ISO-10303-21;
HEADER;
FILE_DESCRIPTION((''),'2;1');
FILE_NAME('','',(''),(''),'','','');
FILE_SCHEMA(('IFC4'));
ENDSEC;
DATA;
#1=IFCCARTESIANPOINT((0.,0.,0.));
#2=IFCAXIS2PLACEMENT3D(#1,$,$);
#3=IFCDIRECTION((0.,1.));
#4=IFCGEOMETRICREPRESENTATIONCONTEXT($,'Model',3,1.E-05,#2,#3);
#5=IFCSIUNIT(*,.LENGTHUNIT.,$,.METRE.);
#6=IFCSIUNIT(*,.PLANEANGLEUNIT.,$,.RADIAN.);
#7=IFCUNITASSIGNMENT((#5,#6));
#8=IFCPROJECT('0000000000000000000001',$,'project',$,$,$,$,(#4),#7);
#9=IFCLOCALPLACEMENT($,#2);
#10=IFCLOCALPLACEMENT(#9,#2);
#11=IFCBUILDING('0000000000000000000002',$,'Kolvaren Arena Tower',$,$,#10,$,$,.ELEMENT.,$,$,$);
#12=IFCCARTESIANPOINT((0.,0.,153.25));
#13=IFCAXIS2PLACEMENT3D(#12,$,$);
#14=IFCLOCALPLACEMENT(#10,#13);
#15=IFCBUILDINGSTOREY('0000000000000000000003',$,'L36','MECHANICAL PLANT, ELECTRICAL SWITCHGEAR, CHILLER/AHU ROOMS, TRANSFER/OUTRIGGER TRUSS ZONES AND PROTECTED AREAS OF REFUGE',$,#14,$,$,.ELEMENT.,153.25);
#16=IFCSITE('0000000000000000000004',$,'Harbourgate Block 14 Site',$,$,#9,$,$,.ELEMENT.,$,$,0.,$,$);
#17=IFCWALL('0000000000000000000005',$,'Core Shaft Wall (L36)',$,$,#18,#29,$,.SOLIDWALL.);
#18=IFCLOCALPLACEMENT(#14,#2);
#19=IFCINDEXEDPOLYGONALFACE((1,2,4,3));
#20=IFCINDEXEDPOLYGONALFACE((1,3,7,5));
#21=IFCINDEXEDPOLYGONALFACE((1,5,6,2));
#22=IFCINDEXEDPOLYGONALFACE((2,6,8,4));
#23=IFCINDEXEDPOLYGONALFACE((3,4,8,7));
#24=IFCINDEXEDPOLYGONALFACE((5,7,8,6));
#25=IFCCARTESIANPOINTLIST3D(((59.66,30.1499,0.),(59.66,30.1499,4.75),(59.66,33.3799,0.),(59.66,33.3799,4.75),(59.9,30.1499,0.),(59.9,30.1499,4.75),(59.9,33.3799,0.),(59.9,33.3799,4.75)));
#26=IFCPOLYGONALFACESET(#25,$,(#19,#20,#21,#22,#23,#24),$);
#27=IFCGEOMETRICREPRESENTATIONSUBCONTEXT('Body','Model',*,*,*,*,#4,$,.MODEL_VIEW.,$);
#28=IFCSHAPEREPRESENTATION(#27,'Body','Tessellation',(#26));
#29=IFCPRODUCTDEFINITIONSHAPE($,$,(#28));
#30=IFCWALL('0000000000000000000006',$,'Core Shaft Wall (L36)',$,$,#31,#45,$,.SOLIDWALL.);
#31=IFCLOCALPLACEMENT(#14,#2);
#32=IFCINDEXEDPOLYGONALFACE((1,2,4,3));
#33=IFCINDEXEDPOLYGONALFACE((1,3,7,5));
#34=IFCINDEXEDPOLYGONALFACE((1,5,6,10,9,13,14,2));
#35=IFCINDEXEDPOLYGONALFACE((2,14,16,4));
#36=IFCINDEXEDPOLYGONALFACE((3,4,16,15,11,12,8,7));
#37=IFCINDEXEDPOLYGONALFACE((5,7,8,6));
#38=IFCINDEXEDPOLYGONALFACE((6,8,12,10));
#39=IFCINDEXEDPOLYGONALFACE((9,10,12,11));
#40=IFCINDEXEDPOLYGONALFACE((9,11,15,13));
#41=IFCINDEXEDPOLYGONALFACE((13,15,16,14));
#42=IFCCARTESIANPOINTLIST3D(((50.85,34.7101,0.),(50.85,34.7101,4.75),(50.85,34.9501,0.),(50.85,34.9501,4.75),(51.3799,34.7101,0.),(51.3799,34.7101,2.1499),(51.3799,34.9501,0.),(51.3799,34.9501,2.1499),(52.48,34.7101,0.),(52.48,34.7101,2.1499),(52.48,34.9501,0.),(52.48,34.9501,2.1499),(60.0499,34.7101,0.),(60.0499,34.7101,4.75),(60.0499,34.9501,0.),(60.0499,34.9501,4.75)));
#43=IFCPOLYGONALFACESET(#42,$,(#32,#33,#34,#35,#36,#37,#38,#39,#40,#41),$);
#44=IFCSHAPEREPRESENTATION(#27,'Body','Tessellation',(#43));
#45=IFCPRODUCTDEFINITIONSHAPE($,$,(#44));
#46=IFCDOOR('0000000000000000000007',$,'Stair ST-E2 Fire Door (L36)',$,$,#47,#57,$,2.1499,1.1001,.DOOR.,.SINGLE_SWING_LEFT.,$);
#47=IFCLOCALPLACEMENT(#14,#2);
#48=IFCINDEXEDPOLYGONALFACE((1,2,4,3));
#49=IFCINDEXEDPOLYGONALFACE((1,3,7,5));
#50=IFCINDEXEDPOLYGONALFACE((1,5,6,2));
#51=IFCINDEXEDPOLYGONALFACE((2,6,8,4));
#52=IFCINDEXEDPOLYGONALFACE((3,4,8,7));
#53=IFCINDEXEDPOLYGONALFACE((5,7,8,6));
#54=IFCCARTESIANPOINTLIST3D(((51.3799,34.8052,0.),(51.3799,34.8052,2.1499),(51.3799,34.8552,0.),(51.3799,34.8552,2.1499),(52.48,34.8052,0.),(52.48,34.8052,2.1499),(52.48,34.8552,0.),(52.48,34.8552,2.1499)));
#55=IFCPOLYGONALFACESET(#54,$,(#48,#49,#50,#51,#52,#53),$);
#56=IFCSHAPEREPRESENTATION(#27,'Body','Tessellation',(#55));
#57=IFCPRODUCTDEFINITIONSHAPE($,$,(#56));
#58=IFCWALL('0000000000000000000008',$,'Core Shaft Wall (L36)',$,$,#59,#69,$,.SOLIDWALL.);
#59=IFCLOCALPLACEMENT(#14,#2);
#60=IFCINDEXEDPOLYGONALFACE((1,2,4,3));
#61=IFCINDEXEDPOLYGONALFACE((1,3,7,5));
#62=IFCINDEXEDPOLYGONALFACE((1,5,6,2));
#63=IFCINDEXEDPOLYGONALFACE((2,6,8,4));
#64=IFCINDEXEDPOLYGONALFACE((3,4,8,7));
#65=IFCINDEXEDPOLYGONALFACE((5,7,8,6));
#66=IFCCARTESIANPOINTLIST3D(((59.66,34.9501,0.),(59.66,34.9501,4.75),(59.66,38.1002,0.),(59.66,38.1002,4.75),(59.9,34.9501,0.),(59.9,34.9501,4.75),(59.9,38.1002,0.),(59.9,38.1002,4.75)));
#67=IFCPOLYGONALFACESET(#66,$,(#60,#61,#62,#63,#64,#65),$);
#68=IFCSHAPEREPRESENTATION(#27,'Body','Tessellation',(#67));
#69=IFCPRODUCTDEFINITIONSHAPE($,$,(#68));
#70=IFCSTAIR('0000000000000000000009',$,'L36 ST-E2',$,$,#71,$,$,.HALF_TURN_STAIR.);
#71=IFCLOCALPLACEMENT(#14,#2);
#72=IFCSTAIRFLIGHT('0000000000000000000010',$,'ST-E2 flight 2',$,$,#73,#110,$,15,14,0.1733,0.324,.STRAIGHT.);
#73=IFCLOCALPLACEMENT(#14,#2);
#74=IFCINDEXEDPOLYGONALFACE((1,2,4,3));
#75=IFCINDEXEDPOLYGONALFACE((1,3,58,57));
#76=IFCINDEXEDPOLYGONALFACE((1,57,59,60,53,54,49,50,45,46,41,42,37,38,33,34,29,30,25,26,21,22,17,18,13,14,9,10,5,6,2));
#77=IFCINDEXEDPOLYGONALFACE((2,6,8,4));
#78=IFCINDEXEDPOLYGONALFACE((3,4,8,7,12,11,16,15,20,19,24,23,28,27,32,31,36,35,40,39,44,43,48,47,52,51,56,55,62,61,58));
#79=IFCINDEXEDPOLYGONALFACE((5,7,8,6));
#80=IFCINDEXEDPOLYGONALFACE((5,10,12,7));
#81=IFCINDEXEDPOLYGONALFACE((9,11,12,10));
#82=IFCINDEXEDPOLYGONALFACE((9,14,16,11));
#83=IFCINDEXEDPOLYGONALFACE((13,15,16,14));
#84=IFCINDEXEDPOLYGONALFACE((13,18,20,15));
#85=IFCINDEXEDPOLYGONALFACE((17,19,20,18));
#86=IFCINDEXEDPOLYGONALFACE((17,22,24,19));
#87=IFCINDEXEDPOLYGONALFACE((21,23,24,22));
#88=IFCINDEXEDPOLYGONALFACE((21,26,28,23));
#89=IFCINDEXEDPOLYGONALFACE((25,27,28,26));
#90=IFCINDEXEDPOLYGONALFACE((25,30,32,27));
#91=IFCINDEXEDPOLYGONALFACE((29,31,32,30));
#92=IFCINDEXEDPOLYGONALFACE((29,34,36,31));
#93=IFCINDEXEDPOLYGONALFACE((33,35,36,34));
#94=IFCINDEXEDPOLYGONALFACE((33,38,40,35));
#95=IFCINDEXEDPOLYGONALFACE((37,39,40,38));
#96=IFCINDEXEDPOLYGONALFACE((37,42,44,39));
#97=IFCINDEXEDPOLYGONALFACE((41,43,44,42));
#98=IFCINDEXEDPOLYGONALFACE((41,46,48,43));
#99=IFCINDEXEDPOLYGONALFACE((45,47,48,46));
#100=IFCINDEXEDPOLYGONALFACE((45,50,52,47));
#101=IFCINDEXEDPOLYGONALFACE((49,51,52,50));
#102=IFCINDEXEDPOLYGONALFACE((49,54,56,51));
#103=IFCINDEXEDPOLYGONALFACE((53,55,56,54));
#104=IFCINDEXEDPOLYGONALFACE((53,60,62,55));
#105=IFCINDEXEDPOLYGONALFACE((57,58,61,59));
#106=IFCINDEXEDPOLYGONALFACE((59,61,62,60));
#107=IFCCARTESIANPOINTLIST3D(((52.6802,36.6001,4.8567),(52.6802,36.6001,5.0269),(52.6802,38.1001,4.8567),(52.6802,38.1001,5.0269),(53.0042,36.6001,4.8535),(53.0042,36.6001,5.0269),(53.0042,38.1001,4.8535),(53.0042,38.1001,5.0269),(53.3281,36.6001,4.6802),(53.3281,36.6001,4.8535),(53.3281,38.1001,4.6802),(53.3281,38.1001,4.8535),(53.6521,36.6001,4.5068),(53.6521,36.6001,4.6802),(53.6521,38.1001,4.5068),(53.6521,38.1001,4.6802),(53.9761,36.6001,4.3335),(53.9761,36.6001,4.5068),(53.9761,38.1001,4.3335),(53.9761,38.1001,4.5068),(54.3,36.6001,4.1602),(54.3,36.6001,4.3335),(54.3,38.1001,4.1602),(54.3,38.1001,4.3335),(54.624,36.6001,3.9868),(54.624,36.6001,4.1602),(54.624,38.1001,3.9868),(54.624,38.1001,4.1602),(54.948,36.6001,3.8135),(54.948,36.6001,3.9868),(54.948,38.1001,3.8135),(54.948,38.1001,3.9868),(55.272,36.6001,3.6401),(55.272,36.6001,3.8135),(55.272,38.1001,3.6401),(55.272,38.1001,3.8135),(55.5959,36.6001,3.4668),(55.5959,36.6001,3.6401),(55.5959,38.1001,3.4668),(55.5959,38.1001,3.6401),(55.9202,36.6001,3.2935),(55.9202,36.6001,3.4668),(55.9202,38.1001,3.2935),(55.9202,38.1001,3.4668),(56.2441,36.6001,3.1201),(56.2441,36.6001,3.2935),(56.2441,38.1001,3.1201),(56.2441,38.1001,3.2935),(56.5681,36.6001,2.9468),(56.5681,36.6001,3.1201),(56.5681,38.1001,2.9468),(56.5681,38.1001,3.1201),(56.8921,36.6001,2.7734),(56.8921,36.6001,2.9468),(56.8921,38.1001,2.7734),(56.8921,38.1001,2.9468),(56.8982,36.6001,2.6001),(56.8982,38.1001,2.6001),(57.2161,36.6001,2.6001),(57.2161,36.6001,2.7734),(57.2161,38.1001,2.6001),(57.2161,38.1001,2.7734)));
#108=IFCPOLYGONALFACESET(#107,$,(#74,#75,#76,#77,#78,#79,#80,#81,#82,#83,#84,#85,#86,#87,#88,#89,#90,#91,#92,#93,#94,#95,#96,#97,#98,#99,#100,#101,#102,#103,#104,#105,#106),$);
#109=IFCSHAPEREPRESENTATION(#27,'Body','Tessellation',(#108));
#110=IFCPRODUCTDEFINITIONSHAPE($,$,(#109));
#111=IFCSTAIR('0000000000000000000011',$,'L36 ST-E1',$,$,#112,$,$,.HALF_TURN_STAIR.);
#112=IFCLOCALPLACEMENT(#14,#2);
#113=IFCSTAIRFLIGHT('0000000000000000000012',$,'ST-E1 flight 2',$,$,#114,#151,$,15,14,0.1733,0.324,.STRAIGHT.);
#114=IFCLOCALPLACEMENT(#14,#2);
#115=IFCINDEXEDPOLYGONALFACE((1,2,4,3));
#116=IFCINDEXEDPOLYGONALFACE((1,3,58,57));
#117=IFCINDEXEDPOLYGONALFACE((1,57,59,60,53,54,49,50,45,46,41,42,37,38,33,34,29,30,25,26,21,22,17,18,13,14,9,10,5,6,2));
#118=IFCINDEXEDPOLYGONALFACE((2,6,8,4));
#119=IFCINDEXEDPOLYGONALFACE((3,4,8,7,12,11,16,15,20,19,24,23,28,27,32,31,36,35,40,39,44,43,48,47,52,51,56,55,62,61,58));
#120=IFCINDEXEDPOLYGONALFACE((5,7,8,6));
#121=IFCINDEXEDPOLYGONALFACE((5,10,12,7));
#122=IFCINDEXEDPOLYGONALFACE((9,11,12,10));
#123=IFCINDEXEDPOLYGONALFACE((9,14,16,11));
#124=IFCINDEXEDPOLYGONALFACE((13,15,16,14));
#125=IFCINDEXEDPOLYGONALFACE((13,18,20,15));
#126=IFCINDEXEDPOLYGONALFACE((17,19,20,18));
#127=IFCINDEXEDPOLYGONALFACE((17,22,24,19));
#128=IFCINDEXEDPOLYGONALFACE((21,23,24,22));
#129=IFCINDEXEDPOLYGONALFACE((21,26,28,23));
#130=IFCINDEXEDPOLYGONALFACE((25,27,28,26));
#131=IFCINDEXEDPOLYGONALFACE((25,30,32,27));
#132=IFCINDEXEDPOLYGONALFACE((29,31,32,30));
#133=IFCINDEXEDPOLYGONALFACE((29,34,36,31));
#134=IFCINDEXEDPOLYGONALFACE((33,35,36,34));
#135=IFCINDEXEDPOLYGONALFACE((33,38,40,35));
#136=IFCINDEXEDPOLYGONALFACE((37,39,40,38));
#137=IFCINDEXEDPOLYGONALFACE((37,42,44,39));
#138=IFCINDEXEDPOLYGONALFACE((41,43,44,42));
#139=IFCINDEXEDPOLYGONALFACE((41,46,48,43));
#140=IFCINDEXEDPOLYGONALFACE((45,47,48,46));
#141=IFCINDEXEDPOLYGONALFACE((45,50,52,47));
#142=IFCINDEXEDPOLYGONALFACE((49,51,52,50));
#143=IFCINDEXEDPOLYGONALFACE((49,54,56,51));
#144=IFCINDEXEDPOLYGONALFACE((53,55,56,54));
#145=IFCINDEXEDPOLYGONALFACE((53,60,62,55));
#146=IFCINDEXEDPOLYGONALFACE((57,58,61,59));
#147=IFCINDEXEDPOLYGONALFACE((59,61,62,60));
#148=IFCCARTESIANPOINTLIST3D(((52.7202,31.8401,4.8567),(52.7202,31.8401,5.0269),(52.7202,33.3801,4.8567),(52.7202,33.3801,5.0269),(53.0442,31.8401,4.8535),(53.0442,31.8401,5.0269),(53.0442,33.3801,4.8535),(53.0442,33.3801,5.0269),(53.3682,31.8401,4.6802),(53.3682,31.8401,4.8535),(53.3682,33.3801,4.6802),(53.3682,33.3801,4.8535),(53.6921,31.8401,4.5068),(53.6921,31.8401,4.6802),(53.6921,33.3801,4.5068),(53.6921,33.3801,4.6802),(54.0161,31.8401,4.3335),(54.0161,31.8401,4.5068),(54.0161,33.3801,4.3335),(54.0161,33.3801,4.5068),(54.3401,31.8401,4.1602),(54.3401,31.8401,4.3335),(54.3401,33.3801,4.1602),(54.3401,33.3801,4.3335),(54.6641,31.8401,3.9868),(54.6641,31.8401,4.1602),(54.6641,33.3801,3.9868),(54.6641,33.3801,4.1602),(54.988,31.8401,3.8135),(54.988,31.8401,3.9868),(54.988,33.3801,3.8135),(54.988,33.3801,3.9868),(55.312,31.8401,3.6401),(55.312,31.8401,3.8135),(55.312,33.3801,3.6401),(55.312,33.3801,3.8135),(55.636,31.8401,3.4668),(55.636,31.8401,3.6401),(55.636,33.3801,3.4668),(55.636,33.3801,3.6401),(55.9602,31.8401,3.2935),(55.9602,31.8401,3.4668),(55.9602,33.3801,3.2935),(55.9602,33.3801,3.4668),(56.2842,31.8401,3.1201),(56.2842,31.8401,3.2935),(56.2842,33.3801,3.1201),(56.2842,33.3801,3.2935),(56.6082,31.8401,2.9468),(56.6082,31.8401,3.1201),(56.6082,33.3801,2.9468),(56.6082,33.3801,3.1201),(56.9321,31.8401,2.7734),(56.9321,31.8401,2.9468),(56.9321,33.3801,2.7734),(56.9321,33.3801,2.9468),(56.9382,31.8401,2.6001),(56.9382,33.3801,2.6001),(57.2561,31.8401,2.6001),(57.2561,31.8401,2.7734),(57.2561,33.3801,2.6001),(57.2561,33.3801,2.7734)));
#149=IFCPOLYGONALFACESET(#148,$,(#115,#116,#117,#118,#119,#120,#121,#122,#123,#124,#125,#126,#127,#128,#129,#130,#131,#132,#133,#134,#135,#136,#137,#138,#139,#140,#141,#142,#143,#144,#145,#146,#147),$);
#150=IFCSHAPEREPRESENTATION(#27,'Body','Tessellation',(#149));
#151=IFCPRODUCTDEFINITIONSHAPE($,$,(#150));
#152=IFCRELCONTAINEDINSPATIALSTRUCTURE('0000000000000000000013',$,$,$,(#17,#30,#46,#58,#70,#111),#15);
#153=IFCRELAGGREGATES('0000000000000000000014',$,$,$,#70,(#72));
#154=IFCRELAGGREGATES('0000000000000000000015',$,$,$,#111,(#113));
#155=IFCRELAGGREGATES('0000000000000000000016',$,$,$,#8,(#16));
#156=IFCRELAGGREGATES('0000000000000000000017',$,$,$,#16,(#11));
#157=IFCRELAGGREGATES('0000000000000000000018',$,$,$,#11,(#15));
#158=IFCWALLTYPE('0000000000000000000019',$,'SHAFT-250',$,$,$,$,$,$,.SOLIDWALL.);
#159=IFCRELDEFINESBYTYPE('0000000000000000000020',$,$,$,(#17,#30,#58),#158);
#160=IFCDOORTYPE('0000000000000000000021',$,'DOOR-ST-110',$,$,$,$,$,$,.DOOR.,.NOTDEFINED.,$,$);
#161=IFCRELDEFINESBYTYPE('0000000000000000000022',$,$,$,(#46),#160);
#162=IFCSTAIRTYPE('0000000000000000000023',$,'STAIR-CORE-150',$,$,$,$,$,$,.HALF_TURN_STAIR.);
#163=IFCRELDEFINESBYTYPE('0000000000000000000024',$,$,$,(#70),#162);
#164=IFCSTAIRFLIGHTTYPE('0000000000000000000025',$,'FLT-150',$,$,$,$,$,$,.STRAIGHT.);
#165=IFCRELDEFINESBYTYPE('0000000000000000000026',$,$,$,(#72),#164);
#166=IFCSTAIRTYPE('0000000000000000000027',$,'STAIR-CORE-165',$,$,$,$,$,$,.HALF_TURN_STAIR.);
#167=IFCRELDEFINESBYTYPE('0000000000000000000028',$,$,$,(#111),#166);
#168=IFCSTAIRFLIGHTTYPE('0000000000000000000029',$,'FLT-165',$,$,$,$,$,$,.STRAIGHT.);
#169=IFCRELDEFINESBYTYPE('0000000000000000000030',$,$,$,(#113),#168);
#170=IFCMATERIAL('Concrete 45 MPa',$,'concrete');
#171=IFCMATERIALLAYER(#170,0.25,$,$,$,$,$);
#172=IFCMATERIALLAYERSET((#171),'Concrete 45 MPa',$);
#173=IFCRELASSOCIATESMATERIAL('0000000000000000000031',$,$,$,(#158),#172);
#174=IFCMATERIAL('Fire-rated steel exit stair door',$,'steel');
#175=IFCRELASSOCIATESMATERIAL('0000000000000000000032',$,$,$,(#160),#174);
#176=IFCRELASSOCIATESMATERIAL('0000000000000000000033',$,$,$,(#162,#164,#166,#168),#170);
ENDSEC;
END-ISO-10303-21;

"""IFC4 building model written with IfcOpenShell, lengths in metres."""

from ifc_helpers import new_model, si_unit, direction, frame, frame_2d, origin, place, context, subcontext, project, spatial, polyline, rectangle, outline, extrude, material, layer, layer_set, type_object, element, fill, aggregate, save


model = new_model("IFC4")

# Units and contexts
model_context = context("Model", 3, precision=1e-05, world=origin(), true_north=direction((0.0, 1.0)))
body_context = subcontext(model_context, "Body", "Model", "MODEL_VIEW")
ifc_project = project(units=[si_unit("LENGTHUNIT", "METRE"), si_unit("PLANEANGLEUNIT", "RADIAN")], contexts=[model_context])

# Site, building, storey
site_placement = place(None, origin())
site = spatial("IfcSite", under=ifc_project, at=site_placement, Name="Harbourgate Block 14 Site", CompositionType="ELEMENT", RefElevation=0.0)
building_placement = place(site_placement, origin())
building = spatial("IfcBuilding", under=site, at=building_placement, Name="Kolvaren Arena Tower", CompositionType="ELEMENT")
storey_placement = place(building_placement, frame((0.0, 0.0, 153.25)))
storey = spatial("IfcBuildingStorey", under=building, at=storey_placement, Name="L36", Description="MECHANICAL PLANT, ELECTRICAL SWITCHGEAR, CHILLER/AHU ROOMS, TRANSFER/OUTRIGGER TRUSS ZONES AND PROTECTED AREAS OF REFUGE", CompositionType="ELEMENT", Elevation=153.25)

# Shared definitions
ifc_material_1 = material(Name="Concrete 45 MPa", Category="concrete")
ifc_layer = layer(ifc_material_1, 0.25)
ifc_layer_set = layer_set([ifc_layer], Name="Concrete 45 MPa")
wall_type = type_object("IfcWallType", Name="SHAFT-250", PredefinedType="SOLIDWALL", material=ifc_layer_set)
ifc_material_2 = material(Name="Fire-rated steel exit stair door", Category="steel")
door_type = type_object("IfcDoorType", Name="DOOR-ST-110", OperationType="NOTDEFINED", PredefinedType="DOOR", material=ifc_material_2)

# Wall
wall_1_placement = place(storey_placement, frame((59.78, 30.1499, 0.0), z_axis=(0.0, 0.0, 1.0), x_axis=(0.0, 1.0, 0.0)))
element("IfcWall", 1, at=wall_1_placement, inside=storey, type_object=wall_type, Name="Core Shaft Wall (L36)", PredefinedType="SOLIDWALL", context=body_context, shape_type="SweptSolid", body=[
    extrude(rectangle(XDim=3.23, YDim=0.24, at=frame_2d((1.615, 0.0))), origin(), (0.0, 0.0, 1.0), 4.75),
])

# Wall, opening, door
wall_2_placement = place(storey_placement, frame((60.05, 34.8301, 0.0), z_axis=(0.0, 0.0, 1.0), x_axis=(-1.0, 0.0, 0.0)))
wall_2 = element("IfcWall", 2, at=wall_2_placement, inside=storey, type_object=wall_type, Name="Core Shaft Wall (L36)", PredefinedType="SOLIDWALL", context=body_context, shape_type="SweptSolid", body=[
    extrude(rectangle(XDim=9.2, YDim=0.24, at=frame_2d((4.6001, 0.0))), origin(), (0.0, 0.0, 1.0), 4.75),
])
opening_1_placement = place(wall_2_placement, frame((7.5701, 0.0, 0.0)))
opening_1 = element("IfcOpeningElement", 3, at=opening_1_placement, cuts=wall_2, PredefinedType="OPENING", context=body_context, shape_type="SweptSolid", body=[
    extrude(rectangle(XDim=1.1001, YDim=2.1499, at=frame_2d((0.55, 1.075))), frame((0.0, 0.1299, 0.0), z_axis=(0.0, -1.0, 0.0), x_axis=(1.0, 0.0, 0.0)), (0.0, 0.0, 1.0), 0.26),
])
door_1_placement = place(opening_1_placement, origin())
door_1 = element("IfcDoor", 4, at=door_1_placement, inside=storey, type_object=door_type, Name="Stair ST-E2 Fire Door (L36)", OperationType="SINGLE_SWING_LEFT", OverallHeight=2.1499, OverallWidth=1.1001, PredefinedType="DOOR", context=body_context, shape_type="SweptSolid", body=[
    extrude(rectangle(XDim=1.1001, YDim=2.1499, at=frame_2d((0.55, 1.075))), frame((0.0, 0.0249, 0.0), z_axis=(0.0, -1.0, 0.0), x_axis=(1.0, 0.0, 0.0)), (0.0, 0.0, 1.0), 0.05),
])
fill(opening_1, door_1)

# Wall
wall_3_placement = place(storey_placement, frame((59.78, 34.95, 0.0), z_axis=(0.0, 0.0, 1.0), x_axis=(0.0, 1.0, 0.0)))
element("IfcWall", 5, at=wall_3_placement, inside=storey, type_object=wall_type, Name="Core Shaft Wall (L36)", PredefinedType="SOLIDWALL", context=body_context, shape_type="SweptSolid", body=[
    extrude(rectangle(XDim=3.1501, YDim=0.24, at=frame_2d((1.5752, 0.0))), origin(), (0.0, 0.0, 1.0), 4.75),
])

# Stairs, stair flights
stair_type_1 = type_object("IfcStairType", Name="STAIR-CORE-150", PredefinedType="HALF_TURN_STAIR", material=ifc_material_1)
stair_1_placement = place(storey_placement, origin())
stair_1 = element("IfcStair", 6, at=stair_1_placement, inside=storey, type_object=stair_type_1, Name="L36 ST-E2", PredefinedType="HALF_TURN_STAIR")
stair_flight_type_1 = type_object("IfcStairFlightType", Name="FLT-150", PredefinedType="STRAIGHT", material=ifc_material_1)
stair_flight_1_placement = place(storey_placement, frame((57.2161, 37.3501, 2.6001), z_axis=(0.0, 0.0, 1.0), x_axis=(-1.0, 0.0, 0.0)))
stair_flight_1 = element("IfcStairFlight", 7, at=stair_flight_1_placement, type_object=stair_flight_type_1, Name="ST-E2 flight 2", NumberOfRisers=15, NumberOfTreads=14, PredefinedType="STRAIGHT", RiserHeight=0.1733, TreadLength=0.324, context=body_context, shape_type="SweptSolid", body=[
    extrude(outline(polyline([(0.0, 0.0), (0.0, 0.1733), (0.324, 0.1733), (0.324, 0.3467), (0.6479, 0.3467), (0.6479, 0.52), (0.9719, 0.52), (0.9719, 0.6934), (1.2959, 0.6934), (1.2959, 0.8667), (1.6201, 0.8667), (1.6201, 1.04), (1.9441, 1.04), (1.9441, 1.2134), (2.2681, 1.2134), (2.2681, 1.3867), (2.592, 1.3867), (2.592, 1.5601), (2.916, 1.5601), (2.916, 1.7334), (3.24, 1.7334), (3.24, 1.9067), (3.564, 1.9067), (3.564, 2.0801), (3.8879, 2.0801), (3.8879, 2.2534), (4.2119, 2.2534), (4.2119, 2.4268), (4.5359, 2.4268), (4.5359, 2.6001), (4.5359, 2.2566), (0.3179, 0.0), (0.0, 0.0)])), frame((0.0, 0.75, 0.0), z_axis=(0.0, -1.0, 0.0), x_axis=(1.0, 0.0, 0.0)), (0.0, 0.0, 1.0), 1.5),
])
aggregate(stair_1, [stair_flight_1])
stair_type_2 = type_object("IfcStairType", Name="STAIR-CORE-165", PredefinedType="HALF_TURN_STAIR", material=ifc_material_1)
stair_2_placement = place(storey_placement, origin())
stair_2 = element("IfcStair", 8, at=stair_2_placement, inside=storey, type_object=stair_type_2, Name="L36 ST-E1", PredefinedType="HALF_TURN_STAIR")
stair_flight_type_2 = type_object("IfcStairFlightType", Name="FLT-165", PredefinedType="STRAIGHT", material=ifc_material_1)
stair_flight_2_placement = place(storey_placement, frame((57.2561, 32.6101, 2.6001), z_axis=(0.0, 0.0, 1.0), x_axis=(-1.0, 0.0, 0.0)))
stair_flight_2 = element("IfcStairFlight", 9, at=stair_flight_2_placement, type_object=stair_flight_type_2, Name="ST-E1 flight 2", NumberOfRisers=15, NumberOfTreads=14, PredefinedType="STRAIGHT", RiserHeight=0.1733, TreadLength=0.324, context=body_context, shape_type="SweptSolid", body=[
    extrude(outline(polyline([(0.0, 0.0), (0.0, 0.1733), (0.324, 0.1733), (0.324, 0.3467), (0.6479, 0.3467), (0.6479, 0.52), (0.9719, 0.52), (0.9719, 0.6934), (1.2959, 0.6934), (1.2959, 0.8667), (1.6201, 0.8667), (1.6201, 1.04), (1.9441, 1.04), (1.9441, 1.2134), (2.2681, 1.2134), (2.2681, 1.3867), (2.592, 1.3867), (2.592, 1.5601), (2.916, 1.5601), (2.916, 1.7334), (3.24, 1.7334), (3.24, 1.9067), (3.564, 1.9067), (3.564, 2.0801), (3.8879, 2.0801), (3.8879, 2.2534), (4.2119, 2.2534), (4.2119, 2.4268), (4.5359, 2.4268), (4.5359, 2.6001), (4.5359, 2.2566), (0.3179, 0.0), (0.0, 0.0)])), frame((0.0, 0.77, 0.0), z_axis=(0.0, -1.0, 0.0), x_axis=(1.0, 0.0, 0.0)), (0.0, 0.0, 1.0), 1.54),
])
aggregate(stair_2, [stair_flight_2])

save(model, "model.ifc")
